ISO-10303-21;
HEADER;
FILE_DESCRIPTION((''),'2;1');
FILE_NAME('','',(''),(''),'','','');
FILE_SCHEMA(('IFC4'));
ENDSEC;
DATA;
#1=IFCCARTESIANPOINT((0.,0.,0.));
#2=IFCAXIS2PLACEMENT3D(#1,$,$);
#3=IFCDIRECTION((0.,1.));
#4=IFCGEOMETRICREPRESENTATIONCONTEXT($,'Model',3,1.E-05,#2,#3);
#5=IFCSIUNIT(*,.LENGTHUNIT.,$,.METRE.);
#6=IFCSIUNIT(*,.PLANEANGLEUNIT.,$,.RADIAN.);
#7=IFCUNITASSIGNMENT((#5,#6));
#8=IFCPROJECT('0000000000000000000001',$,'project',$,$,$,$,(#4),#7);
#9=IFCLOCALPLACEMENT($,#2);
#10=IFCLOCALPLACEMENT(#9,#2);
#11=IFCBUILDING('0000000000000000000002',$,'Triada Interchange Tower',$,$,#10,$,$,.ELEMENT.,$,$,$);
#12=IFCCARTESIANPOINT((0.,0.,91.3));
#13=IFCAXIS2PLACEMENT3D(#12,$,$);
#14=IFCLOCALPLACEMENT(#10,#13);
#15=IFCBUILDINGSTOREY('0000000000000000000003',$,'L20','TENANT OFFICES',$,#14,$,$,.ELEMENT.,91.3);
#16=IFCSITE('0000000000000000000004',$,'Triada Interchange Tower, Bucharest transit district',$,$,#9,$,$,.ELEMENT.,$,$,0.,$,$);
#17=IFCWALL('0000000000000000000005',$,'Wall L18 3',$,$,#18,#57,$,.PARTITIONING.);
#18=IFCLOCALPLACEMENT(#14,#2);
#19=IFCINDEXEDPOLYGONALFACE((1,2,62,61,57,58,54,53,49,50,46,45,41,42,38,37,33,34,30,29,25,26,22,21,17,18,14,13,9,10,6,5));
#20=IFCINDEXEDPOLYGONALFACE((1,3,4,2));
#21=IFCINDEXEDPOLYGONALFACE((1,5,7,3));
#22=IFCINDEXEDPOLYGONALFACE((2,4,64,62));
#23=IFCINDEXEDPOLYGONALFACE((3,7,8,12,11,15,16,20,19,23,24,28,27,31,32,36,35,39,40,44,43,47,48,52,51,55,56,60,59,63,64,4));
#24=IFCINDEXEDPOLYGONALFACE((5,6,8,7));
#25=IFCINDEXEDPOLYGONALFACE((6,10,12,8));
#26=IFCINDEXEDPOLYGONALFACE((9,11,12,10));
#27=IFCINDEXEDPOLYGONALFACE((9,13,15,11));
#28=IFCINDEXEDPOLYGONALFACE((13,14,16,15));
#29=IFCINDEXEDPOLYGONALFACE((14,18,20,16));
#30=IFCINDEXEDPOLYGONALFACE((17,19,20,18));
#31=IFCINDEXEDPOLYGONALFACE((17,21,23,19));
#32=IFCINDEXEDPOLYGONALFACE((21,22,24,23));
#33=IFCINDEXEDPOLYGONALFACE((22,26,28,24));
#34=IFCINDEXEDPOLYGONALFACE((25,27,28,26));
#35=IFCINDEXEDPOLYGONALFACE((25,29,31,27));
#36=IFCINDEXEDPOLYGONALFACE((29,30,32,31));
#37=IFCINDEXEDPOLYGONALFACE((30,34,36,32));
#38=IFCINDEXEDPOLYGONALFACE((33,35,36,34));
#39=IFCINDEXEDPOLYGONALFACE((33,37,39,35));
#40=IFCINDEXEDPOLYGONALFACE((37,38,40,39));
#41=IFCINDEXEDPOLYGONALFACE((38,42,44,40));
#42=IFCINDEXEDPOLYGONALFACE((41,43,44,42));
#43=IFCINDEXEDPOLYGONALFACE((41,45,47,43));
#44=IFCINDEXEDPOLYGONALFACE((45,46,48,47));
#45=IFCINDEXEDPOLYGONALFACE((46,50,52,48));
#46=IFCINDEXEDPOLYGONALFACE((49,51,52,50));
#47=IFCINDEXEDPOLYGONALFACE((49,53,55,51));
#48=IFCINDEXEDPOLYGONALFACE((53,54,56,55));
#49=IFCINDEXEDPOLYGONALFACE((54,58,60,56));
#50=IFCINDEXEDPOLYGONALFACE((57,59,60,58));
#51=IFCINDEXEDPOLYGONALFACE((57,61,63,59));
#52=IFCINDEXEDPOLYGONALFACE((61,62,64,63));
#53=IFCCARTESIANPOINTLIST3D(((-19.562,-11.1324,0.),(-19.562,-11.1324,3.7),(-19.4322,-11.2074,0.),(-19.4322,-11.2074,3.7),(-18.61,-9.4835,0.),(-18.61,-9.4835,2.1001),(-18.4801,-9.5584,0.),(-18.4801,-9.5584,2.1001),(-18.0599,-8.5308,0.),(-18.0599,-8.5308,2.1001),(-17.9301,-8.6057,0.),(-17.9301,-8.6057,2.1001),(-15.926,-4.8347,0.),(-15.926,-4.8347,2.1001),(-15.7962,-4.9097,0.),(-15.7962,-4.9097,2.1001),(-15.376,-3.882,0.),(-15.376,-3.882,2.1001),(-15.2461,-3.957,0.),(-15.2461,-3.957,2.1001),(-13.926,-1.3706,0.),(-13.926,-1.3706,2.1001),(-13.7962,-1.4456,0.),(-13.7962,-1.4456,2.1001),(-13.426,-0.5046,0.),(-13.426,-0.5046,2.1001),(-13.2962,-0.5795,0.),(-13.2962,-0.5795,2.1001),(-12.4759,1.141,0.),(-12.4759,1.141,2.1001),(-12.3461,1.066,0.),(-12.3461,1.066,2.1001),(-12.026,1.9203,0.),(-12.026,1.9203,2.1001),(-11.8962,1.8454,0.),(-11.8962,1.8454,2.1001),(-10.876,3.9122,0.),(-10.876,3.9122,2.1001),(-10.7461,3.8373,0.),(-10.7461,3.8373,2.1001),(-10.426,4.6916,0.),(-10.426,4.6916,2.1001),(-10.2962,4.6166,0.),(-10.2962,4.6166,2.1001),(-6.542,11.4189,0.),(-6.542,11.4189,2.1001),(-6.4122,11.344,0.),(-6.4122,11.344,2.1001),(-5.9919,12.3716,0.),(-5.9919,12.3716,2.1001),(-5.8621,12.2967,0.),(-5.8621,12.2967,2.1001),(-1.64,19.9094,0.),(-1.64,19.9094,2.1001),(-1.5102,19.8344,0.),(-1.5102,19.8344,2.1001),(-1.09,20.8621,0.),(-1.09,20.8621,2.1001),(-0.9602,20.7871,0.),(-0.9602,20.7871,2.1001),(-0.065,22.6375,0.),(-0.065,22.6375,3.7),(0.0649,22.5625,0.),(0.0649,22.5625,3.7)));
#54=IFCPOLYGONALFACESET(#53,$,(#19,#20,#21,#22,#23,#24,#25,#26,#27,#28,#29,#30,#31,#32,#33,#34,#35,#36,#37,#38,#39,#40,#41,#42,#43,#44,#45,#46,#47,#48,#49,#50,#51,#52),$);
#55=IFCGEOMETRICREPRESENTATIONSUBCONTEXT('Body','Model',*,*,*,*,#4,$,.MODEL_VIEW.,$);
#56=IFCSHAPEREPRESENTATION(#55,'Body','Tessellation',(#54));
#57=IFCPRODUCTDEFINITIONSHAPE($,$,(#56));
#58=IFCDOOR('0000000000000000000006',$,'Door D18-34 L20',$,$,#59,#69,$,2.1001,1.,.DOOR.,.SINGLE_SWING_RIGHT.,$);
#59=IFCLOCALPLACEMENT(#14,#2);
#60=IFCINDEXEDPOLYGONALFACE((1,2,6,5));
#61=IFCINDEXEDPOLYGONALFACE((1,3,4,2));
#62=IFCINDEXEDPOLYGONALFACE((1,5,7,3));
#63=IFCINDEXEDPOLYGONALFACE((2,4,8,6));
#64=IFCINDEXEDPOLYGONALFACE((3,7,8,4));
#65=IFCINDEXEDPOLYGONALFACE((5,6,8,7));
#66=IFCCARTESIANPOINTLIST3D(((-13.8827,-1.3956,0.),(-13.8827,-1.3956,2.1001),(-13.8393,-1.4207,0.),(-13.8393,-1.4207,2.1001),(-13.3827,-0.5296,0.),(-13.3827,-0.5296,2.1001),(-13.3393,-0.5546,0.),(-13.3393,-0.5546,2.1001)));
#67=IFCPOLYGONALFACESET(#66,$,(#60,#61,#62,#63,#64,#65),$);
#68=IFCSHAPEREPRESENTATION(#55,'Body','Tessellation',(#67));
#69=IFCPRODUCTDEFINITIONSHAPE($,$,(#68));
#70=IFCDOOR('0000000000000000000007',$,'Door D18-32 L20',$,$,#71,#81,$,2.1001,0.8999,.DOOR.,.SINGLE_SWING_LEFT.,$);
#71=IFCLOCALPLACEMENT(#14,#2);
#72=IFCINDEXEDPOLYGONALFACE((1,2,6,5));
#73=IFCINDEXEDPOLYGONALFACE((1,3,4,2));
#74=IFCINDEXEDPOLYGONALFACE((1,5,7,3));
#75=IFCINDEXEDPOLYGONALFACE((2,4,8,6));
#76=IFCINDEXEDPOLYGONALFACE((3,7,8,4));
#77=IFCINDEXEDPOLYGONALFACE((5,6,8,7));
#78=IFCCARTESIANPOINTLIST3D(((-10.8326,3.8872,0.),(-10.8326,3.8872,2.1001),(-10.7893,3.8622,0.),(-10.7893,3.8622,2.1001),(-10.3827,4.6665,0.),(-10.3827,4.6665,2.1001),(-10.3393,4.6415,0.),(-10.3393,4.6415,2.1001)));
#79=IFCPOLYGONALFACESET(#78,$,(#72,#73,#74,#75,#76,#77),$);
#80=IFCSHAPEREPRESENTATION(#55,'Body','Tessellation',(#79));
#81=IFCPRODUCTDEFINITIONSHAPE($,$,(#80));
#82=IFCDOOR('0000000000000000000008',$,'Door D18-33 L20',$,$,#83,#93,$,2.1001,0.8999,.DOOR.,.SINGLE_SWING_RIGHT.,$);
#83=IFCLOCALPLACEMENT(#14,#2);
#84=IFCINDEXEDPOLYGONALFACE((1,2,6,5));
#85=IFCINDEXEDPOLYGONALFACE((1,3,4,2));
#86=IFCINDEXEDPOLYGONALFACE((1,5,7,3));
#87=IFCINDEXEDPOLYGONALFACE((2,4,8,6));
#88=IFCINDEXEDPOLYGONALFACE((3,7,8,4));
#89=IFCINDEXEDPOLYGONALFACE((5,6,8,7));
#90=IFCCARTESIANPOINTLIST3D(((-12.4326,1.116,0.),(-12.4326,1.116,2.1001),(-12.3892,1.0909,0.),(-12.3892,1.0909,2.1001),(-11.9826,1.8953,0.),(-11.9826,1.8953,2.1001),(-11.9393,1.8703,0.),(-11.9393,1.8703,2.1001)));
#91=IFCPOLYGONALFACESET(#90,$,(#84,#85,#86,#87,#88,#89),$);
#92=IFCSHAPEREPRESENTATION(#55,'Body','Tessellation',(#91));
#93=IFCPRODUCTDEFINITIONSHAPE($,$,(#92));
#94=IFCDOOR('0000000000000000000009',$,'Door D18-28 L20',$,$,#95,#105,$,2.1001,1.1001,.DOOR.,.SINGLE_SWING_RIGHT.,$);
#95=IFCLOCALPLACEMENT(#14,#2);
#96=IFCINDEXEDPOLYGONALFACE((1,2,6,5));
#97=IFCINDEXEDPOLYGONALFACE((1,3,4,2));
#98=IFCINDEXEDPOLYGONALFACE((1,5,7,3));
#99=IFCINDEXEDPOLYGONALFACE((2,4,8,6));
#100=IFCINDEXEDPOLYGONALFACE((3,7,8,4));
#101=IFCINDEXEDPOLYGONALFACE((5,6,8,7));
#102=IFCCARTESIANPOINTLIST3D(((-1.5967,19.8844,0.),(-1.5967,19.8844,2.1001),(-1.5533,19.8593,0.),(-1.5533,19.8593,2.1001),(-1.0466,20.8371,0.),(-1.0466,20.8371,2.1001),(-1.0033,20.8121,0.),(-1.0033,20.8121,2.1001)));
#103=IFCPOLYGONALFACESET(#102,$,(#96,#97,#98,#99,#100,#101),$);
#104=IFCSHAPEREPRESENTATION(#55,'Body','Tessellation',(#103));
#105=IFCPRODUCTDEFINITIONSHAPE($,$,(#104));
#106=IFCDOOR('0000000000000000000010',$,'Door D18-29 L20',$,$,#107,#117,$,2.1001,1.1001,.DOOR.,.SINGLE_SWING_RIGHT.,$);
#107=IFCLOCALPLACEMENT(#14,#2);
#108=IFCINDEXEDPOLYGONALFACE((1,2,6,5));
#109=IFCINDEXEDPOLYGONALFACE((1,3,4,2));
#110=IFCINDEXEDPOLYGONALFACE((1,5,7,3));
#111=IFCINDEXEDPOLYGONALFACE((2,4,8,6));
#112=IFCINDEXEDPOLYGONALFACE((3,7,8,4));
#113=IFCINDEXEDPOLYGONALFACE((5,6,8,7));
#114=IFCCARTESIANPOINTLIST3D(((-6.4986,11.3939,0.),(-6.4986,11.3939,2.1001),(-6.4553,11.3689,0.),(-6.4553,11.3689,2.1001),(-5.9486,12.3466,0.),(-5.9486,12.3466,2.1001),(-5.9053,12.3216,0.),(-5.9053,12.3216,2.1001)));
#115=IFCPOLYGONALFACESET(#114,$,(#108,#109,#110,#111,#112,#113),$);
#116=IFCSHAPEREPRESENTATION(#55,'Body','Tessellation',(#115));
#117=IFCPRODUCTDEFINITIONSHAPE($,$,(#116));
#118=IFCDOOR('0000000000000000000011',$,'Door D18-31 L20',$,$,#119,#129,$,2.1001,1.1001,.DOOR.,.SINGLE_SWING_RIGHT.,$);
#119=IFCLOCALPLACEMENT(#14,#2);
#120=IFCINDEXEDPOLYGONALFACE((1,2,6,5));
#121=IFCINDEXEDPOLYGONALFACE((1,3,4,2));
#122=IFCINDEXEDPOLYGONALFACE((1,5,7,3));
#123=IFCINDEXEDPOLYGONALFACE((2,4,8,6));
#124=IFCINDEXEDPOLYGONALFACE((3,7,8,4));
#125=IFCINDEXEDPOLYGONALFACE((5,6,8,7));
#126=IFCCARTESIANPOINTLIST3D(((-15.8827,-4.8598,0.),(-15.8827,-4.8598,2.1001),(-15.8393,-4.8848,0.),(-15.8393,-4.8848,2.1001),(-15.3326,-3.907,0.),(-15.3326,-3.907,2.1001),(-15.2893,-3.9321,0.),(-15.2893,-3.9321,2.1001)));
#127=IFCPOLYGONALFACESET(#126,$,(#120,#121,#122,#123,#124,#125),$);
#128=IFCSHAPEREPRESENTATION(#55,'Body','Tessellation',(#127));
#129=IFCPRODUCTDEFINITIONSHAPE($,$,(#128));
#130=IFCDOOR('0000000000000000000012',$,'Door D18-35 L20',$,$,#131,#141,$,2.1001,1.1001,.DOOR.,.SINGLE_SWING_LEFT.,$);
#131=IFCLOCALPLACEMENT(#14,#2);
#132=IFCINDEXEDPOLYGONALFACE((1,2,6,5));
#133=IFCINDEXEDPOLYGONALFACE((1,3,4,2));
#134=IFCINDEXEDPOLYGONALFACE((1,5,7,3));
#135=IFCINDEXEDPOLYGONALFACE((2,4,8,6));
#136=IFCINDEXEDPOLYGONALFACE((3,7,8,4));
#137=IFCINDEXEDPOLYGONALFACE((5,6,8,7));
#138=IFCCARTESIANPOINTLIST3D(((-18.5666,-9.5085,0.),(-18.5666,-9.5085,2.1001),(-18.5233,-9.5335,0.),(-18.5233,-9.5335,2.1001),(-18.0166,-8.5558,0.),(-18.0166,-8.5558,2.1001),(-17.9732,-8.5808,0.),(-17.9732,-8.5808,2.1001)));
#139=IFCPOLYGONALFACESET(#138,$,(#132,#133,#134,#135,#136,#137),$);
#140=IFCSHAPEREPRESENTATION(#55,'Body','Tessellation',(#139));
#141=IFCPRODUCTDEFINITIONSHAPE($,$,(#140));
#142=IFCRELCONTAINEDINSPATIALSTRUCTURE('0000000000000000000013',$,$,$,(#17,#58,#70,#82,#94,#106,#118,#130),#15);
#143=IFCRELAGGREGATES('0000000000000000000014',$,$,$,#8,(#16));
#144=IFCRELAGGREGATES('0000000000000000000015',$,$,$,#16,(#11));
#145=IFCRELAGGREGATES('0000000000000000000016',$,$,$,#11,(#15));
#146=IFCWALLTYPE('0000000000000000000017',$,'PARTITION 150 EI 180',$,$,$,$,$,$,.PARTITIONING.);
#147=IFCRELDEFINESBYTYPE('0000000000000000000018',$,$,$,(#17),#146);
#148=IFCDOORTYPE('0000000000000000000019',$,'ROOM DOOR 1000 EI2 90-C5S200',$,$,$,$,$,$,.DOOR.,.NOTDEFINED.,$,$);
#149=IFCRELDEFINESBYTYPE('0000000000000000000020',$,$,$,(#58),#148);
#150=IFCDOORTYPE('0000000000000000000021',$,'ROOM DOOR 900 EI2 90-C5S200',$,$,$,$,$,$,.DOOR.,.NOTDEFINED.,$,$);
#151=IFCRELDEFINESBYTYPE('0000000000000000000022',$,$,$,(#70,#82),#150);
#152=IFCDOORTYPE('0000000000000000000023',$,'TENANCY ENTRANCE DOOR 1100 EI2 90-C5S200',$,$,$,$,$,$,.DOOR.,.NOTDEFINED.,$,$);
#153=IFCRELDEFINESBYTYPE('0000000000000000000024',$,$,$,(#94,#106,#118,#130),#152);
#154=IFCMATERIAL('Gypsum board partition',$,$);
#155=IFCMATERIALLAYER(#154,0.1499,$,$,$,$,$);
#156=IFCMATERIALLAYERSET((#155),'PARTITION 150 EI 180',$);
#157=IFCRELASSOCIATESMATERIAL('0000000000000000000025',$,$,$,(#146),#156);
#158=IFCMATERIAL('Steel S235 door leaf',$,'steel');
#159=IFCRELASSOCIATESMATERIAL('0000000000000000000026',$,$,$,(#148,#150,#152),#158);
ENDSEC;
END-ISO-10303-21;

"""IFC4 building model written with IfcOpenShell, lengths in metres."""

from ifc_helpers import new_model, si_unit, direction, frame, frame_2d, origin, place, context, subcontext, project, spatial, rectangle, extrude, material, layer, layer_set, type_object, element, fill, save


model = new_model("IFC4")

# Units and contexts
model_context = context("Model", 3, precision=1e-05, world=origin(), true_north=direction((0.0, 1.0)))
body_context = subcontext(model_context, "Body", "Model", "MODEL_VIEW")
ifc_project = project(units=[si_unit("LENGTHUNIT", "METRE"), si_unit("PLANEANGLEUNIT", "RADIAN")], contexts=[model_context])

# Site, building, storey
site_placement = place(None, origin())
site = spatial("IfcSite", under=ifc_project, at=site_placement, Name="Triada Interchange Tower, Bucharest transit district", CompositionType="ELEMENT", RefElevation=0.0)
building_placement = place(site_placement, origin())
building = spatial("IfcBuilding", under=site, at=building_placement, Name="Triada Interchange Tower", CompositionType="ELEMENT")
storey_placement = place(building_placement, frame((0.0, 0.0, 91.3)))
storey = spatial("IfcBuildingStorey", under=building, at=storey_placement, Name="L20", Description="TENANT OFFICES", CompositionType="ELEMENT", Elevation=91.3)

# Wall, openings, doors
ifc_material_1 = material(Name="Gypsum board partition")
ifc_layer_1 = layer(ifc_material_1, 0.1499)
ifc_layer_set_1 = layer_set([ifc_layer_1], Name="PARTITION 150 EI 180")
wall_type_1 = type_object("IfcWallType", Name="PARTITION 150 EI 180", PredefinedType="PARTITIONING", material=ifc_layer_set_1)
wall_1_placement = place(storey_placement, frame((-19.4971, -11.1699, 0.0), z_axis=(0.0, 0.0, 1.0), x_axis=(0.499999, 0.866026, 0.0)))
wall_1 = element("IfcWall", 1, at=wall_1_placement, inside=storey, type_object=wall_type_1, Name="Wall L18 3", PredefinedType="PARTITIONING", context=body_context, shape_type="SweptSolid", body=[
    extrude(rectangle(XDim=38.9941, YDim=0.1499, at=frame_2d((19.4971, 0.0))), origin(), (0.0, 0.0, 1.0), 3.7),
])
opening_1_placement = place(wall_1_placement, frame((35.844, 0.0, 0.0)))
opening_1 = element("IfcOpeningElement", 2, at=opening_1_placement, cuts=wall_1, PredefinedType="OPENING", context=body_context, shape_type="SweptSolid", body=[
    extrude(rectangle(XDim=1.1001, YDim=2.1001, at=frame_2d((0.55, 1.05))), frame((0.0, 0.085, 0.0), z_axis=(0.0, -1.0, 0.0), x_axis=(1.0, 0.0, 0.0)), (0.0, 0.0, 1.0), 0.1699),
])
opening_2_placement = place(wall_1_placement, frame((26.04, 0.0, 0.0)))
opening_2 = element("IfcOpeningElement", 3, at=opening_2_placement, cuts=wall_1, PredefinedType="OPENING", context=body_context, shape_type="SweptSolid", body=[
    extrude(rectangle(XDim=1.1001, YDim=2.1001, at=frame_2d((0.55, 1.05))), frame((0.0, 0.085, 0.0), z_axis=(0.0, -1.0, 0.0), x_axis=(1.0, 0.0, 0.0)), (0.0, 0.0, 1.0), 0.1699),
])
opening_3_placement = place(wall_1_placement, frame((7.272, 0.0, 0.0)))
opening_3 = element("IfcOpeningElement", 4, at=opening_3_placement, cuts=wall_1, PredefinedType="OPENING", context=body_context, shape_type="SweptSolid", body=[
    extrude(rectangle(XDim=1.1001, YDim=2.1001, at=frame_2d((0.55, 1.05))), frame((0.0, 0.085, 0.0), z_axis=(0.0, -1.0, 0.0), x_axis=(1.0, 0.0, 0.0)), (0.0, 0.0, 1.0), 0.1699),
])
opening_4_placement = place(wall_1_placement, frame((17.3721, 0.0, 0.0)))
opening_4 = element("IfcOpeningElement", 5, at=opening_4_placement, cuts=wall_1, PredefinedType="OPENING", context=body_context, shape_type="SweptSolid", body=[
    extrude(rectangle(XDim=0.8999, YDim=2.1001, at=frame_2d((0.45, 1.05))), frame((0.0, 0.085, 0.0), z_axis=(0.0, -1.0, 0.0), x_axis=(1.0, 0.0, 0.0)), (0.0, 0.0, 1.0), 0.1699),
])
opening_5_placement = place(wall_1_placement, frame((14.1721, 0.0, 0.0)))
opening_5 = element("IfcOpeningElement", 6, at=opening_5_placement, cuts=wall_1, PredefinedType="OPENING", context=body_context, shape_type="SweptSolid", body=[
    extrude(rectangle(XDim=0.8999, YDim=2.1001, at=frame_2d((0.45, 1.05))), frame((0.0, 0.085, 0.0), z_axis=(0.0, -1.0, 0.0), x_axis=(1.0, 0.0, 0.0)), (0.0, 0.0, 1.0), 0.1699),
])
opening_6_placement = place(wall_1_placement, frame((11.272, 0.0, 0.0)))
opening_6 = element("IfcOpeningElement", 7, at=opening_6_placement, cuts=wall_1, PredefinedType="OPENING", context=body_context, shape_type="SweptSolid", body=[
    extrude(rectangle(XDim=1.0, YDim=2.1001, at=frame_2d((0.5, 1.05))), frame((0.0, 0.085, 0.0), z_axis=(0.0, -1.0, 0.0), x_axis=(1.0, 0.0, 0.0)), (0.0, 0.0, 1.0), 0.1699),
])
opening_7_placement = place(wall_1_placement, frame((1.9041, 0.0, 0.0)))
opening_7 = element("IfcOpeningElement", 8, at=opening_7_placement, cuts=wall_1, PredefinedType="OPENING", context=body_context, shape_type="SweptSolid", body=[
    extrude(rectangle(XDim=1.1001, YDim=2.1001, at=frame_2d((0.55, 1.05))), frame((0.0, 0.085, 0.0), z_axis=(0.0, -1.0, 0.0), x_axis=(1.0, 0.0, 0.0)), (0.0, 0.0, 1.0), 0.1699),
])
ifc_material_2 = material(Name="Steel S235 door leaf", Category="steel")
door_type_1 = type_object("IfcDoorType", Name="ROOM DOOR 1000 EI2 90-C5S200", OperationType="NOTDEFINED", PredefinedType="DOOR", material=ifc_material_2)
door_1_placement = place(opening_6_placement, origin())
door_1 = element("IfcDoor", 9, at=door_1_placement, inside=storey, type_object=door_type_1, Name="Door D18-34 L20", OperationType="SINGLE_SWING_RIGHT", OverallHeight=2.1001, OverallWidth=1.0, PredefinedType="DOOR", context=body_context, shape_type="SweptSolid", body=[
    extrude(rectangle(XDim=1.0, YDim=2.1001, at=frame_2d((0.5, 1.05))), frame((0.0, 0.0249, 0.0), z_axis=(0.0, -1.0, 0.0), x_axis=(1.0, 0.0, 0.0)), (0.0, 0.0, 1.0), 0.05),
])
fill(opening_6, door_1)
door_type_2 = type_object("IfcDoorType", Name="ROOM DOOR 900 EI2 90-C5S200", OperationType="NOTDEFINED", PredefinedType="DOOR", material=ifc_material_2)
door_2_placement = place(opening_4_placement, origin())
door_2 = element("IfcDoor", 10, at=door_2_placement, inside=storey, type_object=door_type_2, Name="Door D18-32 L20", OperationType="SINGLE_SWING_LEFT", OverallHeight=2.1001, OverallWidth=0.8999, PredefinedType="DOOR", context=body_context, shape_type="SweptSolid", body=[
    extrude(rectangle(XDim=0.8999, YDim=2.1001, at=frame_2d((0.45, 1.05))), frame((0.0, 0.0249, 0.0), z_axis=(0.0, -1.0, 0.0), x_axis=(1.0, 0.0, 0.0)), (0.0, 0.0, 1.0), 0.05),
])
fill(opening_4, door_2)
door_3_placement = place(opening_5_placement, origin())
door_3 = element("IfcDoor", 11, at=door_3_placement, inside=storey, type_object=door_type_2, Name="Door D18-33 L20", OperationType="SINGLE_SWING_RIGHT", OverallHeight=2.1001, OverallWidth=0.8999, PredefinedType="DOOR", context=body_context, shape_type="SweptSolid", body=[
    extrude(rectangle(XDim=0.8999, YDim=2.1001, at=frame_2d((0.45, 1.05))), frame((0.0, 0.0249, 0.0), z_axis=(0.0, -1.0, 0.0), x_axis=(1.0, 0.0, 0.0)), (0.0, 0.0, 1.0), 0.05),
])
fill(opening_5, door_3)
door_type_3 = type_object("IfcDoorType", Name="TENANCY ENTRANCE DOOR 1100 EI2 90-C5S200", OperationType="NOTDEFINED", PredefinedType="DOOR", material=ifc_material_2)
door_4_placement = place(opening_1_placement, origin())
door_4 = element("IfcDoor", 12, at=door_4_placement, inside=storey, type_object=door_type_3, Name="Door D18-28 L20", OperationType="SINGLE_SWING_RIGHT", OverallHeight=2.1001, OverallWidth=1.1001, PredefinedType="DOOR", context=body_context, shape_type="SweptSolid", body=[
    extrude(rectangle(XDim=1.1001, YDim=2.1001, at=frame_2d((0.55, 1.05))), frame((0.0, 0.0249, 0.0), z_axis=(0.0, -1.0, 0.0), x_axis=(1.0, 0.0, 0.0)), (0.0, 0.0, 1.0), 0.05),
])
fill(opening_1, door_4)
door_5_placement = place(opening_2_placement, origin())
door_5 = element("IfcDoor", 13, at=door_5_placement, inside=storey, type_object=door_type_3, Name="Door D18-29 L20", OperationType="SINGLE_SWING_RIGHT", OverallHeight=2.1001, OverallWidth=1.1001, PredefinedType="DOOR", context=body_context, shape_type="SweptSolid", body=[
    extrude(rectangle(XDim=1.1001, YDim=2.1001, at=frame_2d((0.55, 1.05))), frame((0.0, 0.0249, 0.0), z_axis=(0.0, -1.0, 0.0), x_axis=(1.0, 0.0, 0.0)), (0.0, 0.0, 1.0), 0.05),
])
fill(opening_2, door_5)
door_6_placement = place(opening_3_placement, origin())
door_6 = element("IfcDoor", 14, at=door_6_placement, inside=storey, type_object=door_type_3, Name="Door D18-31 L20", OperationType="SINGLE_SWING_RIGHT", OverallHeight=2.1001, OverallWidth=1.1001, PredefinedType="DOOR", context=body_context, shape_type="SweptSolid", body=[
    extrude(rectangle(XDim=1.1001, YDim=2.1001, at=frame_2d((0.55, 1.05))), frame((0.0, 0.0249, 0.0), z_axis=(0.0, -1.0, 0.0), x_axis=(1.0, 0.0, 0.0)), (0.0, 0.0, 1.0), 0.05),
])
fill(opening_3, door_6)
door_7_placement = place(opening_7_placement, origin())
door_7 = element("IfcDoor", 15, at=door_7_placement, inside=storey, type_object=door_type_3, Name="Door D18-35 L20", OperationType="SINGLE_SWING_LEFT", OverallHeight=2.1001, OverallWidth=1.1001, PredefinedType="DOOR", context=body_context, shape_type="SweptSolid", body=[
    extrude(rectangle(XDim=1.1001, YDim=2.1001, at=frame_2d((0.55, 1.05))), frame((0.0, 0.0249, 0.0), z_axis=(0.0, -1.0, 0.0), x_axis=(1.0, 0.0, 0.0)), (0.0, 0.0, 1.0), 0.05),
])
fill(opening_7, door_7)

save(model, "model.ifc")
